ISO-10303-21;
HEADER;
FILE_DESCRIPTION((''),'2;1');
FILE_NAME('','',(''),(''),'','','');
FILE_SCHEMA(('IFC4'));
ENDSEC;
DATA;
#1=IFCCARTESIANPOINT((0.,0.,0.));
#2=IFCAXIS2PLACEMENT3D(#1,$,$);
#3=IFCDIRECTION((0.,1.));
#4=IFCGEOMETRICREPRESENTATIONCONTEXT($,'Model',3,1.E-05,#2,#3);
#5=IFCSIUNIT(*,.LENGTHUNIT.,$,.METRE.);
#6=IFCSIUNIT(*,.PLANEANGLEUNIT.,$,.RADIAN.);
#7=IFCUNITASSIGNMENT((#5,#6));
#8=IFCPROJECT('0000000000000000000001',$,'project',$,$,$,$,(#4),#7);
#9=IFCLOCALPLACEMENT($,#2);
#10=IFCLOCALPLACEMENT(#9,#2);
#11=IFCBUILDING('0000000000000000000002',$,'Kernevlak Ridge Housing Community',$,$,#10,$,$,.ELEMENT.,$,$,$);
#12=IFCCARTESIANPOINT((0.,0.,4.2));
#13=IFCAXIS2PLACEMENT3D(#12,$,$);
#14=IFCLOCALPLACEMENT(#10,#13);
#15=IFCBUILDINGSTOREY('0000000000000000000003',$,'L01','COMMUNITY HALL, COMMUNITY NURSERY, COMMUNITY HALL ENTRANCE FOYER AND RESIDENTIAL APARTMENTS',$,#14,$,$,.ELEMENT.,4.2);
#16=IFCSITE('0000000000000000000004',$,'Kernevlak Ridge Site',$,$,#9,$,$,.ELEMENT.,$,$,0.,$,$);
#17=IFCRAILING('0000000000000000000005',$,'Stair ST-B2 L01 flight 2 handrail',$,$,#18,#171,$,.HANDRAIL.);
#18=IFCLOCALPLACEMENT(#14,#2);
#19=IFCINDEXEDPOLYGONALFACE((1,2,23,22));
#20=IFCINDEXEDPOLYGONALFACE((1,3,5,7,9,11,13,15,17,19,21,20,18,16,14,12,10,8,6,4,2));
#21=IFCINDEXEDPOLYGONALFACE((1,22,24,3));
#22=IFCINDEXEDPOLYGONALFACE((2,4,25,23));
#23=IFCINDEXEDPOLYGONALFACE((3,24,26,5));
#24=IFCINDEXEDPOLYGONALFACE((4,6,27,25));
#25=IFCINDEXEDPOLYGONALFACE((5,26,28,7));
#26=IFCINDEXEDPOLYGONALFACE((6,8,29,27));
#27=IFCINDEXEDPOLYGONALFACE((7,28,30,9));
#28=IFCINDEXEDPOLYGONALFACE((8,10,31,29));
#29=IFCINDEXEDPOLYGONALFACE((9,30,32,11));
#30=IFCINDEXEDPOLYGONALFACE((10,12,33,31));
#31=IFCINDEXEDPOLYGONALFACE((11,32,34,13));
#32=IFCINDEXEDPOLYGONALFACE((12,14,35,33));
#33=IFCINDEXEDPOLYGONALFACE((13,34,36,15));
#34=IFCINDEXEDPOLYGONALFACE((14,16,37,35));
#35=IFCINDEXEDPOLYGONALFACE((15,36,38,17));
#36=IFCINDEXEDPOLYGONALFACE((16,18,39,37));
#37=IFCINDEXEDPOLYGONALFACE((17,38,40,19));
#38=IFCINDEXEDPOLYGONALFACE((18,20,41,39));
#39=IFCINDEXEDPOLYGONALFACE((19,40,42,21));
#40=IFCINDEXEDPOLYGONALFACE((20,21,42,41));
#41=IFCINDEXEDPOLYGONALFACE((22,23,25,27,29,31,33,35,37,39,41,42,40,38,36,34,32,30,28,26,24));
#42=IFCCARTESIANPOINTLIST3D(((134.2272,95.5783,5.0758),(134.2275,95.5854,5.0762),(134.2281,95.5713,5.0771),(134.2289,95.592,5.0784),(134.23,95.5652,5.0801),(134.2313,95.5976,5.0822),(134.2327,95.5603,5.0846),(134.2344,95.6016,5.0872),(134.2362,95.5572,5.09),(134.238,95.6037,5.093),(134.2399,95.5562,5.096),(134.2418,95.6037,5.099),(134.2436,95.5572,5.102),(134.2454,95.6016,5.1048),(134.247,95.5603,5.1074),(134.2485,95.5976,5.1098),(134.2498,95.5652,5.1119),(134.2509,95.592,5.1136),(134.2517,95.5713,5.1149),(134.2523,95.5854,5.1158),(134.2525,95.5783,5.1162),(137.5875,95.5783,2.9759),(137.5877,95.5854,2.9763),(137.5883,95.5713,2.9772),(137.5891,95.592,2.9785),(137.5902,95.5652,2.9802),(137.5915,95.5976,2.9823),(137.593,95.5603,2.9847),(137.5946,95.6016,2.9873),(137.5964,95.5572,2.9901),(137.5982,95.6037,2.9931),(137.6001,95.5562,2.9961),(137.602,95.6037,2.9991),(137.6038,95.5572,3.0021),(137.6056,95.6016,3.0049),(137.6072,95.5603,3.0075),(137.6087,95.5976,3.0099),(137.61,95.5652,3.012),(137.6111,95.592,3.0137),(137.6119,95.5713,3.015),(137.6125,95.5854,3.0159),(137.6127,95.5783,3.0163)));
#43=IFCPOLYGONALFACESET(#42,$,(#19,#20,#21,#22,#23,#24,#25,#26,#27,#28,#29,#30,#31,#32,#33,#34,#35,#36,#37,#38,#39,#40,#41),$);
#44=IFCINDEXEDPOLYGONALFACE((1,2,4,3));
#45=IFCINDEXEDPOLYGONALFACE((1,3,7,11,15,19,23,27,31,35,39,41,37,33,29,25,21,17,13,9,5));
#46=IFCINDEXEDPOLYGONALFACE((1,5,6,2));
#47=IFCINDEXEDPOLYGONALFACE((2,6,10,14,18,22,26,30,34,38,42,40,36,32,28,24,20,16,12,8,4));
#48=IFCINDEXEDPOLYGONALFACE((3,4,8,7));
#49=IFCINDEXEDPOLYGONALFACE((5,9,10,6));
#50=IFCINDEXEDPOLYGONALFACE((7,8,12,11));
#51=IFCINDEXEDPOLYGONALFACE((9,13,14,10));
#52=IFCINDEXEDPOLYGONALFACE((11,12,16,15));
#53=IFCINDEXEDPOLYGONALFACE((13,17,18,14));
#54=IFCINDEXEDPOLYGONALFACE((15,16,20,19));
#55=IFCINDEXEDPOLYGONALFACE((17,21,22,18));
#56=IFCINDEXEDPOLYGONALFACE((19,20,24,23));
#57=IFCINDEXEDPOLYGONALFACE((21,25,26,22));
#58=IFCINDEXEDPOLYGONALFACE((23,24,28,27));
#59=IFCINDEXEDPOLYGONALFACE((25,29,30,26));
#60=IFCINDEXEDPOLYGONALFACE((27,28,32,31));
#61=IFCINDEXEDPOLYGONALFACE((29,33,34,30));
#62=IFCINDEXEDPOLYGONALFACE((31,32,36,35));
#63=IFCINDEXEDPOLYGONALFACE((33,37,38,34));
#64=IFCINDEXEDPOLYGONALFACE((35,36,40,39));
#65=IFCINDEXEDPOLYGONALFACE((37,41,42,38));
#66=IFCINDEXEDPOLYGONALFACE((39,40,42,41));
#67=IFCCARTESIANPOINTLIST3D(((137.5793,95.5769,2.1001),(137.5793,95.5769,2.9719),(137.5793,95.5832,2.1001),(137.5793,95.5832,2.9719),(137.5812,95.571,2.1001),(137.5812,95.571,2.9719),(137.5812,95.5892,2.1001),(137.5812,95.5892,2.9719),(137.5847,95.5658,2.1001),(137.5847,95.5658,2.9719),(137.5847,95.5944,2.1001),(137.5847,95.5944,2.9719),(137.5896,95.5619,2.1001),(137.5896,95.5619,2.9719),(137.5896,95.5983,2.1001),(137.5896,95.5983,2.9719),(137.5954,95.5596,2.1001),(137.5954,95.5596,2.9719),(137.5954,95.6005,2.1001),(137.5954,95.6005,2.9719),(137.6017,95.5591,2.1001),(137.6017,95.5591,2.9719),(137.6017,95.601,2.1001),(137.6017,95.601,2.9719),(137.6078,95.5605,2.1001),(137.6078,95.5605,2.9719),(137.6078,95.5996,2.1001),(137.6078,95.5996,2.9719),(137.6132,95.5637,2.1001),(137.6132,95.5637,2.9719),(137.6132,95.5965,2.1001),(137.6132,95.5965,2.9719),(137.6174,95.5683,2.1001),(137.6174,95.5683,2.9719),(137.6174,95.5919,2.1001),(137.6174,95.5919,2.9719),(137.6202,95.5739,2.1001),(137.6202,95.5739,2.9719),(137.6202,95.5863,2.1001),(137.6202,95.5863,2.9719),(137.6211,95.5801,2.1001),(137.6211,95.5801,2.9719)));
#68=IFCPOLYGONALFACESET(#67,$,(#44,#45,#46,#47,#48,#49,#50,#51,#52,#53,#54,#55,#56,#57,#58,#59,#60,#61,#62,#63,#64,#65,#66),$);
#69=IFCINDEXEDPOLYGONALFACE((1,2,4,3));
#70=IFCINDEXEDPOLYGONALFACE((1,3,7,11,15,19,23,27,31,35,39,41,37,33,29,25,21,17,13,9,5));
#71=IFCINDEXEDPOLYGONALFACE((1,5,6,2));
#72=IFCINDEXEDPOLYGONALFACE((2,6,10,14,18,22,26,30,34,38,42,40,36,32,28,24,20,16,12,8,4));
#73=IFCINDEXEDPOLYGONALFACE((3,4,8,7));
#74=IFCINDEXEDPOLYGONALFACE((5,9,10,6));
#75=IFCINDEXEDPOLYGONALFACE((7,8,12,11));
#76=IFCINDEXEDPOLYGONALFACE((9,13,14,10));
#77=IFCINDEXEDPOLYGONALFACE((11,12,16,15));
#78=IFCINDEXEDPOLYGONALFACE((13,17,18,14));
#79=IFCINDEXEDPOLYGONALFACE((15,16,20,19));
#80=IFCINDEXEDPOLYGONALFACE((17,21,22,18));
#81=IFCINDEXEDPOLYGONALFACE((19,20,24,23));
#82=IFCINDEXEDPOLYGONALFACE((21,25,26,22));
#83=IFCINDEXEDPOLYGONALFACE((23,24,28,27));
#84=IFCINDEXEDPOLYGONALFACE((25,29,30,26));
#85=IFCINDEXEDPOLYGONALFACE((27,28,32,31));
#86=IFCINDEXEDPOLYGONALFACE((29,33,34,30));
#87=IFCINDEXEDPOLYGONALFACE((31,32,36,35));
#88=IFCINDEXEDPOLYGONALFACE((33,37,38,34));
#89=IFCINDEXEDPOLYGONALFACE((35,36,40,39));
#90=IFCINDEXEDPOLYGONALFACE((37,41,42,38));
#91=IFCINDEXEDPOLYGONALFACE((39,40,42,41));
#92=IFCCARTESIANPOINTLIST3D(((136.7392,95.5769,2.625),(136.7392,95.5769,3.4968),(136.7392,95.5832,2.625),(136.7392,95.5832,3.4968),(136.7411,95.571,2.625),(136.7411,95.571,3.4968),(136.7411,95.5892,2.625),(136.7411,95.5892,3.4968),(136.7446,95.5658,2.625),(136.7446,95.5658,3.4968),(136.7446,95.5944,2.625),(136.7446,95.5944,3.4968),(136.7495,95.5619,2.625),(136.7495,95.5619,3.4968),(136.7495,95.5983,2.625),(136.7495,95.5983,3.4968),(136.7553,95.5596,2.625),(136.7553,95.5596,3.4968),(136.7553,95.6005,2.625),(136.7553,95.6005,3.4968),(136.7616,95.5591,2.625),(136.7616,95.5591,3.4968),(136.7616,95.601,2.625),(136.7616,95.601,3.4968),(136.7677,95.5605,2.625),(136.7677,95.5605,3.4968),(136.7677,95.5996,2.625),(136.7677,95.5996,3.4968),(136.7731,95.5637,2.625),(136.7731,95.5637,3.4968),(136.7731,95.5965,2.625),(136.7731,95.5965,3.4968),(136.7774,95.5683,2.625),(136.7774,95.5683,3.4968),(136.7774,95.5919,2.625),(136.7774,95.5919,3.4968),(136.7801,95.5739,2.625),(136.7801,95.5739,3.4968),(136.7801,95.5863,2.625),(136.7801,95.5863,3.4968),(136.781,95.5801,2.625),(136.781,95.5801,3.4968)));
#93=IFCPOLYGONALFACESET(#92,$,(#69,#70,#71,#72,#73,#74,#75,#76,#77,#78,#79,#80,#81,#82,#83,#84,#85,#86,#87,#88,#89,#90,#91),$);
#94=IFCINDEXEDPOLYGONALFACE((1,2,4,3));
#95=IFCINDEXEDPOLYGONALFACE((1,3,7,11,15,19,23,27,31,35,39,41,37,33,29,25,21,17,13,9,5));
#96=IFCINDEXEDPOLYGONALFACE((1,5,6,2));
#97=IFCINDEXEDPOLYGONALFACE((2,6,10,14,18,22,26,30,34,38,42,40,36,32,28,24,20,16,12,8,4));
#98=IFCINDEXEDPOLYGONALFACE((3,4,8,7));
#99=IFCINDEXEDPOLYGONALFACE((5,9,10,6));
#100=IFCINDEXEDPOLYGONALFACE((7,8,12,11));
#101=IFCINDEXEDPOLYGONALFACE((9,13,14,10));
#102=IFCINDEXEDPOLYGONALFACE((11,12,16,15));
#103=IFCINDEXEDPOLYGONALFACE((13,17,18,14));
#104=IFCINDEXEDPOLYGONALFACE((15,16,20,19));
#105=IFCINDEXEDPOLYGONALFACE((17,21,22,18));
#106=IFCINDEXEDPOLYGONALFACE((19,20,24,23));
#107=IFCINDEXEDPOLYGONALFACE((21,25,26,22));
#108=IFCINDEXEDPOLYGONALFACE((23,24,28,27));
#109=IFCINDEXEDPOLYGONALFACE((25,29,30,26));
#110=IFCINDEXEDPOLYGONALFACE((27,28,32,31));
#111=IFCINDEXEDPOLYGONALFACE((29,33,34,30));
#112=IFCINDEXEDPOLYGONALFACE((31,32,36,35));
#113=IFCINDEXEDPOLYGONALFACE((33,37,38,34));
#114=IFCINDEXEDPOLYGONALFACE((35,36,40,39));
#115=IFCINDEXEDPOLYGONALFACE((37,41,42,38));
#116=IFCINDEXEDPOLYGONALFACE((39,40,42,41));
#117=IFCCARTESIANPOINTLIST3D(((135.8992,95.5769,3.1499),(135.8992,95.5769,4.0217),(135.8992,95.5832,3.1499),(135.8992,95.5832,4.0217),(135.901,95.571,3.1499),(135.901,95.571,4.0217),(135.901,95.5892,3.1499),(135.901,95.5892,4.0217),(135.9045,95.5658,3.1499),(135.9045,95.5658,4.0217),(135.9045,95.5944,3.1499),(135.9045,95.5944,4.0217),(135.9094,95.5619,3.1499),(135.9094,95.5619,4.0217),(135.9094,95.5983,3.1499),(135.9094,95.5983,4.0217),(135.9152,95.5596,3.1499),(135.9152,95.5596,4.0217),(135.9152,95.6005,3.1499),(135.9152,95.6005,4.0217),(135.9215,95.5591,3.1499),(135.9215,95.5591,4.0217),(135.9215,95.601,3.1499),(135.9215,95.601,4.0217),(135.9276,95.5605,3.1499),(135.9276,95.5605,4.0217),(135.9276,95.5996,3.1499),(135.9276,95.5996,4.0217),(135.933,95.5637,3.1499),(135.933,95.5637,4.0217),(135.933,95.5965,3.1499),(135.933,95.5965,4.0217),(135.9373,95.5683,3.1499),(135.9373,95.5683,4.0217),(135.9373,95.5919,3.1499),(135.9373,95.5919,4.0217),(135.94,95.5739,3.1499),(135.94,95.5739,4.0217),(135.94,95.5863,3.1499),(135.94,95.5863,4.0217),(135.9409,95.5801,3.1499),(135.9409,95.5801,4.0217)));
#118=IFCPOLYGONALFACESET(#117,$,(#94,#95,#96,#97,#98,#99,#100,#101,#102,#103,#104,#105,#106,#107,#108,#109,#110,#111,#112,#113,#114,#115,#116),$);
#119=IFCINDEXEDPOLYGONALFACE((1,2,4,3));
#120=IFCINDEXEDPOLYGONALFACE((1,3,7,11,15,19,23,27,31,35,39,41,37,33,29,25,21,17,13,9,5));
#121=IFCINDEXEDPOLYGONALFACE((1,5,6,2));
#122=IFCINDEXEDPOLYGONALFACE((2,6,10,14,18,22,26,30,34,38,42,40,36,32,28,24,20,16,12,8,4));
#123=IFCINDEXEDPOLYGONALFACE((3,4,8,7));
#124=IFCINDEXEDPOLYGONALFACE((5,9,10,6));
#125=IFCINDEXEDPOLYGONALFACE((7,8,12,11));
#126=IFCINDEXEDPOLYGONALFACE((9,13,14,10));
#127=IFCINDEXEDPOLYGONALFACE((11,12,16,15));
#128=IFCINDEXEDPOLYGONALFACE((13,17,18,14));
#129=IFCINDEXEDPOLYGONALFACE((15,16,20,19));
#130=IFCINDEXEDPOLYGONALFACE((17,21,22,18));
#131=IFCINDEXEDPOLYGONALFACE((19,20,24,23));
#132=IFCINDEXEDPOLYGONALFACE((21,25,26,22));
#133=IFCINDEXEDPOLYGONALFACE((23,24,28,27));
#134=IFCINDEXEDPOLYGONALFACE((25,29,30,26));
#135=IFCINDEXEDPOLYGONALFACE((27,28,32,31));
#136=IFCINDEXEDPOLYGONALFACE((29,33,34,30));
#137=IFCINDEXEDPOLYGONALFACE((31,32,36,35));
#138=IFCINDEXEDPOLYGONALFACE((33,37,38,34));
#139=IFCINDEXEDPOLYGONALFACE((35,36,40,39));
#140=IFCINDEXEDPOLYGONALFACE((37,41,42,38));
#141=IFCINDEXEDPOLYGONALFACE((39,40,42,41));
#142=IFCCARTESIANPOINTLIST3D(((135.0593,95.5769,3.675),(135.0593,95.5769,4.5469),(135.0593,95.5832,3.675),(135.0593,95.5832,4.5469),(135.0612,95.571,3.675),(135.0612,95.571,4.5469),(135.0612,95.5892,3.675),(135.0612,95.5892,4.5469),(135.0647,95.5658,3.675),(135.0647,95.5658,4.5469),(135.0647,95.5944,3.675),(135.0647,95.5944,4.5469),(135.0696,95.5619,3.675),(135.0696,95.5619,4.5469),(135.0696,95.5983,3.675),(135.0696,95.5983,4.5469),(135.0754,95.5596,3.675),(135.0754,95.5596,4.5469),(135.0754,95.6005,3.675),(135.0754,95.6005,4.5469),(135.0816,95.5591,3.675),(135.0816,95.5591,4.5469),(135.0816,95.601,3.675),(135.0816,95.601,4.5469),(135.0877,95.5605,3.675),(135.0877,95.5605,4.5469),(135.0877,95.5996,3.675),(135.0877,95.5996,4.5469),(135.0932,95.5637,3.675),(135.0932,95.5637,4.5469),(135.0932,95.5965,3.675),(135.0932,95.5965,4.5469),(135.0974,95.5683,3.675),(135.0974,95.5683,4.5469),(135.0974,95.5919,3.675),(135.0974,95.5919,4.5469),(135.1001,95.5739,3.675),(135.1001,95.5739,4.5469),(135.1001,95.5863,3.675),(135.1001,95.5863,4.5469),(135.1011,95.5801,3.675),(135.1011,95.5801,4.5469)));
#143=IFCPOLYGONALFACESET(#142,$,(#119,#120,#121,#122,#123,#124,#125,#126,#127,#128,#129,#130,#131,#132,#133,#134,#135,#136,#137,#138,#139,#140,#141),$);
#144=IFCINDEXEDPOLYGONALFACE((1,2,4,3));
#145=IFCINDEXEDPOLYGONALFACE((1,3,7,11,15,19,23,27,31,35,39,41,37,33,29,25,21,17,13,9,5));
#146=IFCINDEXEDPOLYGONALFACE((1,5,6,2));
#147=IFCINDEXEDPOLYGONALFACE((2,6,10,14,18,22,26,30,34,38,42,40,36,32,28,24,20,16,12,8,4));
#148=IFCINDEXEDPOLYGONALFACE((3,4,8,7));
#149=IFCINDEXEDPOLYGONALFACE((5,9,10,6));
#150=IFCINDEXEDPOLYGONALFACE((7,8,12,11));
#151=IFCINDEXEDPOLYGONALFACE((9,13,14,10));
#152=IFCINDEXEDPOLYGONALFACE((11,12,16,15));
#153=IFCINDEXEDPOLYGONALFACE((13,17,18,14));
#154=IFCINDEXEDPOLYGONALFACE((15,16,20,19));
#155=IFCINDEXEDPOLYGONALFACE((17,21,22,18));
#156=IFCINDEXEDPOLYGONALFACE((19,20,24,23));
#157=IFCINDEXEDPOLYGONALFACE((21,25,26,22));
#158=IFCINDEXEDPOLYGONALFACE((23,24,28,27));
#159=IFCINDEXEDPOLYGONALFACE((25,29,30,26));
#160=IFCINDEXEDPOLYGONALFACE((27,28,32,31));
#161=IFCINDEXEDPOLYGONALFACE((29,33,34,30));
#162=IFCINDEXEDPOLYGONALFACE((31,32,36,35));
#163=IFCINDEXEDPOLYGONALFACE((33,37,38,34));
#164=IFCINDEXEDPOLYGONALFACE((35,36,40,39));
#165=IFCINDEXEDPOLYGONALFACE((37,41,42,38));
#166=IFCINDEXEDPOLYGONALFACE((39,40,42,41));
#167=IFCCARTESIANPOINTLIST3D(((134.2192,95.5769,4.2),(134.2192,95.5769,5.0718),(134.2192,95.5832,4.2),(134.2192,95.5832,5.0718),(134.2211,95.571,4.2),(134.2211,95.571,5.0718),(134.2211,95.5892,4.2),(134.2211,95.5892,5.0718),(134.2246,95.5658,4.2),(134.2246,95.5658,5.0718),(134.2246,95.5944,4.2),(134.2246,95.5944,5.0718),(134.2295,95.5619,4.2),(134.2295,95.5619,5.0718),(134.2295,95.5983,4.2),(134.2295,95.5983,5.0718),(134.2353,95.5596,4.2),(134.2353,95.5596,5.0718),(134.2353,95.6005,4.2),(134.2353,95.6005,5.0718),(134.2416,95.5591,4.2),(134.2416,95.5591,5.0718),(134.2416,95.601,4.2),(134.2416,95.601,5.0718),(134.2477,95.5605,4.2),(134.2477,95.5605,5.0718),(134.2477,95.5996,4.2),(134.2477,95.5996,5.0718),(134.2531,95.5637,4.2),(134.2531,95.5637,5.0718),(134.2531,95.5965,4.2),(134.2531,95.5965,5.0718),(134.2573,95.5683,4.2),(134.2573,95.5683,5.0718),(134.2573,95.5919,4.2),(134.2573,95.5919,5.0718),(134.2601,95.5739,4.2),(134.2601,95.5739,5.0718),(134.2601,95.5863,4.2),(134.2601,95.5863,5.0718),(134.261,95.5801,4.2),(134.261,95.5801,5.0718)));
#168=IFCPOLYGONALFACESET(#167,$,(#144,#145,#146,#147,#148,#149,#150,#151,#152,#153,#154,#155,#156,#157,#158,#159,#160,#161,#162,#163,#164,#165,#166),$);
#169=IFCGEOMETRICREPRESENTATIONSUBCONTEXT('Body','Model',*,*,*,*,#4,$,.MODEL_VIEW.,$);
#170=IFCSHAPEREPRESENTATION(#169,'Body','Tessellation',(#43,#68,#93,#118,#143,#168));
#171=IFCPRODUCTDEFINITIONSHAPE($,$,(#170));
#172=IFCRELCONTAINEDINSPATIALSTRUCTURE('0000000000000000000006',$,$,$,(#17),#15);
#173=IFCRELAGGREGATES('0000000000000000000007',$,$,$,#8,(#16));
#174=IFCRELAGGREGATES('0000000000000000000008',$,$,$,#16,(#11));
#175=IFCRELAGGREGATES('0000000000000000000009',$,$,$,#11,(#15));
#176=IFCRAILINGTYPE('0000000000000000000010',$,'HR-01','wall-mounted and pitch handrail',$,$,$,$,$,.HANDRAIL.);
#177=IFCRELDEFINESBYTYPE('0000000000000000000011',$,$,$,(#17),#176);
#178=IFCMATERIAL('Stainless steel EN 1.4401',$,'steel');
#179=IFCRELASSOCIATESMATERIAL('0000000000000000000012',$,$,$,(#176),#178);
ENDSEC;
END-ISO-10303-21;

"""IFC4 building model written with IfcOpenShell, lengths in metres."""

from ifc_helpers import new_model, si_unit, direction, frame, origin, origin_2d, place, context, subcontext, project, spatial, circle, extrude, material, type_object, element, save


model = new_model("IFC4")

# Units and contexts
model_context = context("Model", 3, precision=1e-05, world=origin(), true_north=direction((0.0, 1.0)))
body_context = subcontext(model_context, "Body", "Model", "MODEL_VIEW")
ifc_project = project(units=[si_unit("LENGTHUNIT", "METRE"), si_unit("PLANEANGLEUNIT", "RADIAN")], contexts=[model_context])

# Site, building, storey
site_placement = place(None, origin())
site = spatial("IfcSite", under=ifc_project, at=site_placement, Name="Kernevlak Ridge Site", CompositionType="ELEMENT", RefElevation=0.0)
building_placement = place(site_placement, origin())
building = spatial("IfcBuilding", under=site, at=building_placement, Name="Kernevlak Ridge Housing Community", CompositionType="ELEMENT")
storey_placement = place(building_placement, frame((0.0, 0.0, 4.2)))
storey = spatial("IfcBuildingStorey", under=building, at=storey_placement, Name="L01", Description="COMMUNITY HALL, COMMUNITY NURSERY, COMMUNITY HALL ENTRANCE FOYER AND RESIDENTIAL APARTMENTS", CompositionType="ELEMENT", Elevation=4.2)

# Railing
ifc_material_1 = material(Name="Stainless steel EN 1.4401", Category="steel")
railing_type_1 = type_object("IfcRailingType", Name="HR-01", Description="wall-mounted and pitch handrail", PredefinedType="HANDRAIL", material=ifc_material_1)
railing_1_placement = place(storey_placement, frame((137.6001, 95.5801, 2.1001)))
element("IfcRailing", 1, at=railing_1_placement, inside=storey, type_object=railing_type_1, Name="Stair ST-B2 L01 flight 2 handrail", PredefinedType="HANDRAIL", context=body_context, shape_type="SweptSolid", body=[
    extrude(circle(Radius=0.0239, at=origin_2d()), frame((0.0, 0.0, 0.896), z_axis=(-0.848023, 0.0, 0.52996), x_axis=(0.0, -1.0, 0.0)), (0.0, 0.0, 1.0), 3.9624),
    extrude(circle(Radius=0.021, at=origin_2d()), origin(), (0.0, 0.0, 1.0), 0.8718),
    extrude(circle(Radius=0.021, at=origin_2d()), frame((-0.8401, 0.0, 0.5249)), (0.0, 0.0, 1.0), 0.8718),
    extrude(circle(Radius=0.021, at=origin_2d()), frame((-1.6802, 0.0, 1.0498)), (0.0, 0.0, 1.0), 0.8718),
    extrude(circle(Radius=0.021, at=origin_2d()), frame((-2.52, 0.0, 1.575)), (0.0, 0.0, 1.0), 0.8718),
    extrude(circle(Radius=0.021, at=origin_2d()), frame((-3.3601, 0.0, 2.0999)), (0.0, 0.0, 1.0), 0.8718),
])

save(model, "model.ifc")
